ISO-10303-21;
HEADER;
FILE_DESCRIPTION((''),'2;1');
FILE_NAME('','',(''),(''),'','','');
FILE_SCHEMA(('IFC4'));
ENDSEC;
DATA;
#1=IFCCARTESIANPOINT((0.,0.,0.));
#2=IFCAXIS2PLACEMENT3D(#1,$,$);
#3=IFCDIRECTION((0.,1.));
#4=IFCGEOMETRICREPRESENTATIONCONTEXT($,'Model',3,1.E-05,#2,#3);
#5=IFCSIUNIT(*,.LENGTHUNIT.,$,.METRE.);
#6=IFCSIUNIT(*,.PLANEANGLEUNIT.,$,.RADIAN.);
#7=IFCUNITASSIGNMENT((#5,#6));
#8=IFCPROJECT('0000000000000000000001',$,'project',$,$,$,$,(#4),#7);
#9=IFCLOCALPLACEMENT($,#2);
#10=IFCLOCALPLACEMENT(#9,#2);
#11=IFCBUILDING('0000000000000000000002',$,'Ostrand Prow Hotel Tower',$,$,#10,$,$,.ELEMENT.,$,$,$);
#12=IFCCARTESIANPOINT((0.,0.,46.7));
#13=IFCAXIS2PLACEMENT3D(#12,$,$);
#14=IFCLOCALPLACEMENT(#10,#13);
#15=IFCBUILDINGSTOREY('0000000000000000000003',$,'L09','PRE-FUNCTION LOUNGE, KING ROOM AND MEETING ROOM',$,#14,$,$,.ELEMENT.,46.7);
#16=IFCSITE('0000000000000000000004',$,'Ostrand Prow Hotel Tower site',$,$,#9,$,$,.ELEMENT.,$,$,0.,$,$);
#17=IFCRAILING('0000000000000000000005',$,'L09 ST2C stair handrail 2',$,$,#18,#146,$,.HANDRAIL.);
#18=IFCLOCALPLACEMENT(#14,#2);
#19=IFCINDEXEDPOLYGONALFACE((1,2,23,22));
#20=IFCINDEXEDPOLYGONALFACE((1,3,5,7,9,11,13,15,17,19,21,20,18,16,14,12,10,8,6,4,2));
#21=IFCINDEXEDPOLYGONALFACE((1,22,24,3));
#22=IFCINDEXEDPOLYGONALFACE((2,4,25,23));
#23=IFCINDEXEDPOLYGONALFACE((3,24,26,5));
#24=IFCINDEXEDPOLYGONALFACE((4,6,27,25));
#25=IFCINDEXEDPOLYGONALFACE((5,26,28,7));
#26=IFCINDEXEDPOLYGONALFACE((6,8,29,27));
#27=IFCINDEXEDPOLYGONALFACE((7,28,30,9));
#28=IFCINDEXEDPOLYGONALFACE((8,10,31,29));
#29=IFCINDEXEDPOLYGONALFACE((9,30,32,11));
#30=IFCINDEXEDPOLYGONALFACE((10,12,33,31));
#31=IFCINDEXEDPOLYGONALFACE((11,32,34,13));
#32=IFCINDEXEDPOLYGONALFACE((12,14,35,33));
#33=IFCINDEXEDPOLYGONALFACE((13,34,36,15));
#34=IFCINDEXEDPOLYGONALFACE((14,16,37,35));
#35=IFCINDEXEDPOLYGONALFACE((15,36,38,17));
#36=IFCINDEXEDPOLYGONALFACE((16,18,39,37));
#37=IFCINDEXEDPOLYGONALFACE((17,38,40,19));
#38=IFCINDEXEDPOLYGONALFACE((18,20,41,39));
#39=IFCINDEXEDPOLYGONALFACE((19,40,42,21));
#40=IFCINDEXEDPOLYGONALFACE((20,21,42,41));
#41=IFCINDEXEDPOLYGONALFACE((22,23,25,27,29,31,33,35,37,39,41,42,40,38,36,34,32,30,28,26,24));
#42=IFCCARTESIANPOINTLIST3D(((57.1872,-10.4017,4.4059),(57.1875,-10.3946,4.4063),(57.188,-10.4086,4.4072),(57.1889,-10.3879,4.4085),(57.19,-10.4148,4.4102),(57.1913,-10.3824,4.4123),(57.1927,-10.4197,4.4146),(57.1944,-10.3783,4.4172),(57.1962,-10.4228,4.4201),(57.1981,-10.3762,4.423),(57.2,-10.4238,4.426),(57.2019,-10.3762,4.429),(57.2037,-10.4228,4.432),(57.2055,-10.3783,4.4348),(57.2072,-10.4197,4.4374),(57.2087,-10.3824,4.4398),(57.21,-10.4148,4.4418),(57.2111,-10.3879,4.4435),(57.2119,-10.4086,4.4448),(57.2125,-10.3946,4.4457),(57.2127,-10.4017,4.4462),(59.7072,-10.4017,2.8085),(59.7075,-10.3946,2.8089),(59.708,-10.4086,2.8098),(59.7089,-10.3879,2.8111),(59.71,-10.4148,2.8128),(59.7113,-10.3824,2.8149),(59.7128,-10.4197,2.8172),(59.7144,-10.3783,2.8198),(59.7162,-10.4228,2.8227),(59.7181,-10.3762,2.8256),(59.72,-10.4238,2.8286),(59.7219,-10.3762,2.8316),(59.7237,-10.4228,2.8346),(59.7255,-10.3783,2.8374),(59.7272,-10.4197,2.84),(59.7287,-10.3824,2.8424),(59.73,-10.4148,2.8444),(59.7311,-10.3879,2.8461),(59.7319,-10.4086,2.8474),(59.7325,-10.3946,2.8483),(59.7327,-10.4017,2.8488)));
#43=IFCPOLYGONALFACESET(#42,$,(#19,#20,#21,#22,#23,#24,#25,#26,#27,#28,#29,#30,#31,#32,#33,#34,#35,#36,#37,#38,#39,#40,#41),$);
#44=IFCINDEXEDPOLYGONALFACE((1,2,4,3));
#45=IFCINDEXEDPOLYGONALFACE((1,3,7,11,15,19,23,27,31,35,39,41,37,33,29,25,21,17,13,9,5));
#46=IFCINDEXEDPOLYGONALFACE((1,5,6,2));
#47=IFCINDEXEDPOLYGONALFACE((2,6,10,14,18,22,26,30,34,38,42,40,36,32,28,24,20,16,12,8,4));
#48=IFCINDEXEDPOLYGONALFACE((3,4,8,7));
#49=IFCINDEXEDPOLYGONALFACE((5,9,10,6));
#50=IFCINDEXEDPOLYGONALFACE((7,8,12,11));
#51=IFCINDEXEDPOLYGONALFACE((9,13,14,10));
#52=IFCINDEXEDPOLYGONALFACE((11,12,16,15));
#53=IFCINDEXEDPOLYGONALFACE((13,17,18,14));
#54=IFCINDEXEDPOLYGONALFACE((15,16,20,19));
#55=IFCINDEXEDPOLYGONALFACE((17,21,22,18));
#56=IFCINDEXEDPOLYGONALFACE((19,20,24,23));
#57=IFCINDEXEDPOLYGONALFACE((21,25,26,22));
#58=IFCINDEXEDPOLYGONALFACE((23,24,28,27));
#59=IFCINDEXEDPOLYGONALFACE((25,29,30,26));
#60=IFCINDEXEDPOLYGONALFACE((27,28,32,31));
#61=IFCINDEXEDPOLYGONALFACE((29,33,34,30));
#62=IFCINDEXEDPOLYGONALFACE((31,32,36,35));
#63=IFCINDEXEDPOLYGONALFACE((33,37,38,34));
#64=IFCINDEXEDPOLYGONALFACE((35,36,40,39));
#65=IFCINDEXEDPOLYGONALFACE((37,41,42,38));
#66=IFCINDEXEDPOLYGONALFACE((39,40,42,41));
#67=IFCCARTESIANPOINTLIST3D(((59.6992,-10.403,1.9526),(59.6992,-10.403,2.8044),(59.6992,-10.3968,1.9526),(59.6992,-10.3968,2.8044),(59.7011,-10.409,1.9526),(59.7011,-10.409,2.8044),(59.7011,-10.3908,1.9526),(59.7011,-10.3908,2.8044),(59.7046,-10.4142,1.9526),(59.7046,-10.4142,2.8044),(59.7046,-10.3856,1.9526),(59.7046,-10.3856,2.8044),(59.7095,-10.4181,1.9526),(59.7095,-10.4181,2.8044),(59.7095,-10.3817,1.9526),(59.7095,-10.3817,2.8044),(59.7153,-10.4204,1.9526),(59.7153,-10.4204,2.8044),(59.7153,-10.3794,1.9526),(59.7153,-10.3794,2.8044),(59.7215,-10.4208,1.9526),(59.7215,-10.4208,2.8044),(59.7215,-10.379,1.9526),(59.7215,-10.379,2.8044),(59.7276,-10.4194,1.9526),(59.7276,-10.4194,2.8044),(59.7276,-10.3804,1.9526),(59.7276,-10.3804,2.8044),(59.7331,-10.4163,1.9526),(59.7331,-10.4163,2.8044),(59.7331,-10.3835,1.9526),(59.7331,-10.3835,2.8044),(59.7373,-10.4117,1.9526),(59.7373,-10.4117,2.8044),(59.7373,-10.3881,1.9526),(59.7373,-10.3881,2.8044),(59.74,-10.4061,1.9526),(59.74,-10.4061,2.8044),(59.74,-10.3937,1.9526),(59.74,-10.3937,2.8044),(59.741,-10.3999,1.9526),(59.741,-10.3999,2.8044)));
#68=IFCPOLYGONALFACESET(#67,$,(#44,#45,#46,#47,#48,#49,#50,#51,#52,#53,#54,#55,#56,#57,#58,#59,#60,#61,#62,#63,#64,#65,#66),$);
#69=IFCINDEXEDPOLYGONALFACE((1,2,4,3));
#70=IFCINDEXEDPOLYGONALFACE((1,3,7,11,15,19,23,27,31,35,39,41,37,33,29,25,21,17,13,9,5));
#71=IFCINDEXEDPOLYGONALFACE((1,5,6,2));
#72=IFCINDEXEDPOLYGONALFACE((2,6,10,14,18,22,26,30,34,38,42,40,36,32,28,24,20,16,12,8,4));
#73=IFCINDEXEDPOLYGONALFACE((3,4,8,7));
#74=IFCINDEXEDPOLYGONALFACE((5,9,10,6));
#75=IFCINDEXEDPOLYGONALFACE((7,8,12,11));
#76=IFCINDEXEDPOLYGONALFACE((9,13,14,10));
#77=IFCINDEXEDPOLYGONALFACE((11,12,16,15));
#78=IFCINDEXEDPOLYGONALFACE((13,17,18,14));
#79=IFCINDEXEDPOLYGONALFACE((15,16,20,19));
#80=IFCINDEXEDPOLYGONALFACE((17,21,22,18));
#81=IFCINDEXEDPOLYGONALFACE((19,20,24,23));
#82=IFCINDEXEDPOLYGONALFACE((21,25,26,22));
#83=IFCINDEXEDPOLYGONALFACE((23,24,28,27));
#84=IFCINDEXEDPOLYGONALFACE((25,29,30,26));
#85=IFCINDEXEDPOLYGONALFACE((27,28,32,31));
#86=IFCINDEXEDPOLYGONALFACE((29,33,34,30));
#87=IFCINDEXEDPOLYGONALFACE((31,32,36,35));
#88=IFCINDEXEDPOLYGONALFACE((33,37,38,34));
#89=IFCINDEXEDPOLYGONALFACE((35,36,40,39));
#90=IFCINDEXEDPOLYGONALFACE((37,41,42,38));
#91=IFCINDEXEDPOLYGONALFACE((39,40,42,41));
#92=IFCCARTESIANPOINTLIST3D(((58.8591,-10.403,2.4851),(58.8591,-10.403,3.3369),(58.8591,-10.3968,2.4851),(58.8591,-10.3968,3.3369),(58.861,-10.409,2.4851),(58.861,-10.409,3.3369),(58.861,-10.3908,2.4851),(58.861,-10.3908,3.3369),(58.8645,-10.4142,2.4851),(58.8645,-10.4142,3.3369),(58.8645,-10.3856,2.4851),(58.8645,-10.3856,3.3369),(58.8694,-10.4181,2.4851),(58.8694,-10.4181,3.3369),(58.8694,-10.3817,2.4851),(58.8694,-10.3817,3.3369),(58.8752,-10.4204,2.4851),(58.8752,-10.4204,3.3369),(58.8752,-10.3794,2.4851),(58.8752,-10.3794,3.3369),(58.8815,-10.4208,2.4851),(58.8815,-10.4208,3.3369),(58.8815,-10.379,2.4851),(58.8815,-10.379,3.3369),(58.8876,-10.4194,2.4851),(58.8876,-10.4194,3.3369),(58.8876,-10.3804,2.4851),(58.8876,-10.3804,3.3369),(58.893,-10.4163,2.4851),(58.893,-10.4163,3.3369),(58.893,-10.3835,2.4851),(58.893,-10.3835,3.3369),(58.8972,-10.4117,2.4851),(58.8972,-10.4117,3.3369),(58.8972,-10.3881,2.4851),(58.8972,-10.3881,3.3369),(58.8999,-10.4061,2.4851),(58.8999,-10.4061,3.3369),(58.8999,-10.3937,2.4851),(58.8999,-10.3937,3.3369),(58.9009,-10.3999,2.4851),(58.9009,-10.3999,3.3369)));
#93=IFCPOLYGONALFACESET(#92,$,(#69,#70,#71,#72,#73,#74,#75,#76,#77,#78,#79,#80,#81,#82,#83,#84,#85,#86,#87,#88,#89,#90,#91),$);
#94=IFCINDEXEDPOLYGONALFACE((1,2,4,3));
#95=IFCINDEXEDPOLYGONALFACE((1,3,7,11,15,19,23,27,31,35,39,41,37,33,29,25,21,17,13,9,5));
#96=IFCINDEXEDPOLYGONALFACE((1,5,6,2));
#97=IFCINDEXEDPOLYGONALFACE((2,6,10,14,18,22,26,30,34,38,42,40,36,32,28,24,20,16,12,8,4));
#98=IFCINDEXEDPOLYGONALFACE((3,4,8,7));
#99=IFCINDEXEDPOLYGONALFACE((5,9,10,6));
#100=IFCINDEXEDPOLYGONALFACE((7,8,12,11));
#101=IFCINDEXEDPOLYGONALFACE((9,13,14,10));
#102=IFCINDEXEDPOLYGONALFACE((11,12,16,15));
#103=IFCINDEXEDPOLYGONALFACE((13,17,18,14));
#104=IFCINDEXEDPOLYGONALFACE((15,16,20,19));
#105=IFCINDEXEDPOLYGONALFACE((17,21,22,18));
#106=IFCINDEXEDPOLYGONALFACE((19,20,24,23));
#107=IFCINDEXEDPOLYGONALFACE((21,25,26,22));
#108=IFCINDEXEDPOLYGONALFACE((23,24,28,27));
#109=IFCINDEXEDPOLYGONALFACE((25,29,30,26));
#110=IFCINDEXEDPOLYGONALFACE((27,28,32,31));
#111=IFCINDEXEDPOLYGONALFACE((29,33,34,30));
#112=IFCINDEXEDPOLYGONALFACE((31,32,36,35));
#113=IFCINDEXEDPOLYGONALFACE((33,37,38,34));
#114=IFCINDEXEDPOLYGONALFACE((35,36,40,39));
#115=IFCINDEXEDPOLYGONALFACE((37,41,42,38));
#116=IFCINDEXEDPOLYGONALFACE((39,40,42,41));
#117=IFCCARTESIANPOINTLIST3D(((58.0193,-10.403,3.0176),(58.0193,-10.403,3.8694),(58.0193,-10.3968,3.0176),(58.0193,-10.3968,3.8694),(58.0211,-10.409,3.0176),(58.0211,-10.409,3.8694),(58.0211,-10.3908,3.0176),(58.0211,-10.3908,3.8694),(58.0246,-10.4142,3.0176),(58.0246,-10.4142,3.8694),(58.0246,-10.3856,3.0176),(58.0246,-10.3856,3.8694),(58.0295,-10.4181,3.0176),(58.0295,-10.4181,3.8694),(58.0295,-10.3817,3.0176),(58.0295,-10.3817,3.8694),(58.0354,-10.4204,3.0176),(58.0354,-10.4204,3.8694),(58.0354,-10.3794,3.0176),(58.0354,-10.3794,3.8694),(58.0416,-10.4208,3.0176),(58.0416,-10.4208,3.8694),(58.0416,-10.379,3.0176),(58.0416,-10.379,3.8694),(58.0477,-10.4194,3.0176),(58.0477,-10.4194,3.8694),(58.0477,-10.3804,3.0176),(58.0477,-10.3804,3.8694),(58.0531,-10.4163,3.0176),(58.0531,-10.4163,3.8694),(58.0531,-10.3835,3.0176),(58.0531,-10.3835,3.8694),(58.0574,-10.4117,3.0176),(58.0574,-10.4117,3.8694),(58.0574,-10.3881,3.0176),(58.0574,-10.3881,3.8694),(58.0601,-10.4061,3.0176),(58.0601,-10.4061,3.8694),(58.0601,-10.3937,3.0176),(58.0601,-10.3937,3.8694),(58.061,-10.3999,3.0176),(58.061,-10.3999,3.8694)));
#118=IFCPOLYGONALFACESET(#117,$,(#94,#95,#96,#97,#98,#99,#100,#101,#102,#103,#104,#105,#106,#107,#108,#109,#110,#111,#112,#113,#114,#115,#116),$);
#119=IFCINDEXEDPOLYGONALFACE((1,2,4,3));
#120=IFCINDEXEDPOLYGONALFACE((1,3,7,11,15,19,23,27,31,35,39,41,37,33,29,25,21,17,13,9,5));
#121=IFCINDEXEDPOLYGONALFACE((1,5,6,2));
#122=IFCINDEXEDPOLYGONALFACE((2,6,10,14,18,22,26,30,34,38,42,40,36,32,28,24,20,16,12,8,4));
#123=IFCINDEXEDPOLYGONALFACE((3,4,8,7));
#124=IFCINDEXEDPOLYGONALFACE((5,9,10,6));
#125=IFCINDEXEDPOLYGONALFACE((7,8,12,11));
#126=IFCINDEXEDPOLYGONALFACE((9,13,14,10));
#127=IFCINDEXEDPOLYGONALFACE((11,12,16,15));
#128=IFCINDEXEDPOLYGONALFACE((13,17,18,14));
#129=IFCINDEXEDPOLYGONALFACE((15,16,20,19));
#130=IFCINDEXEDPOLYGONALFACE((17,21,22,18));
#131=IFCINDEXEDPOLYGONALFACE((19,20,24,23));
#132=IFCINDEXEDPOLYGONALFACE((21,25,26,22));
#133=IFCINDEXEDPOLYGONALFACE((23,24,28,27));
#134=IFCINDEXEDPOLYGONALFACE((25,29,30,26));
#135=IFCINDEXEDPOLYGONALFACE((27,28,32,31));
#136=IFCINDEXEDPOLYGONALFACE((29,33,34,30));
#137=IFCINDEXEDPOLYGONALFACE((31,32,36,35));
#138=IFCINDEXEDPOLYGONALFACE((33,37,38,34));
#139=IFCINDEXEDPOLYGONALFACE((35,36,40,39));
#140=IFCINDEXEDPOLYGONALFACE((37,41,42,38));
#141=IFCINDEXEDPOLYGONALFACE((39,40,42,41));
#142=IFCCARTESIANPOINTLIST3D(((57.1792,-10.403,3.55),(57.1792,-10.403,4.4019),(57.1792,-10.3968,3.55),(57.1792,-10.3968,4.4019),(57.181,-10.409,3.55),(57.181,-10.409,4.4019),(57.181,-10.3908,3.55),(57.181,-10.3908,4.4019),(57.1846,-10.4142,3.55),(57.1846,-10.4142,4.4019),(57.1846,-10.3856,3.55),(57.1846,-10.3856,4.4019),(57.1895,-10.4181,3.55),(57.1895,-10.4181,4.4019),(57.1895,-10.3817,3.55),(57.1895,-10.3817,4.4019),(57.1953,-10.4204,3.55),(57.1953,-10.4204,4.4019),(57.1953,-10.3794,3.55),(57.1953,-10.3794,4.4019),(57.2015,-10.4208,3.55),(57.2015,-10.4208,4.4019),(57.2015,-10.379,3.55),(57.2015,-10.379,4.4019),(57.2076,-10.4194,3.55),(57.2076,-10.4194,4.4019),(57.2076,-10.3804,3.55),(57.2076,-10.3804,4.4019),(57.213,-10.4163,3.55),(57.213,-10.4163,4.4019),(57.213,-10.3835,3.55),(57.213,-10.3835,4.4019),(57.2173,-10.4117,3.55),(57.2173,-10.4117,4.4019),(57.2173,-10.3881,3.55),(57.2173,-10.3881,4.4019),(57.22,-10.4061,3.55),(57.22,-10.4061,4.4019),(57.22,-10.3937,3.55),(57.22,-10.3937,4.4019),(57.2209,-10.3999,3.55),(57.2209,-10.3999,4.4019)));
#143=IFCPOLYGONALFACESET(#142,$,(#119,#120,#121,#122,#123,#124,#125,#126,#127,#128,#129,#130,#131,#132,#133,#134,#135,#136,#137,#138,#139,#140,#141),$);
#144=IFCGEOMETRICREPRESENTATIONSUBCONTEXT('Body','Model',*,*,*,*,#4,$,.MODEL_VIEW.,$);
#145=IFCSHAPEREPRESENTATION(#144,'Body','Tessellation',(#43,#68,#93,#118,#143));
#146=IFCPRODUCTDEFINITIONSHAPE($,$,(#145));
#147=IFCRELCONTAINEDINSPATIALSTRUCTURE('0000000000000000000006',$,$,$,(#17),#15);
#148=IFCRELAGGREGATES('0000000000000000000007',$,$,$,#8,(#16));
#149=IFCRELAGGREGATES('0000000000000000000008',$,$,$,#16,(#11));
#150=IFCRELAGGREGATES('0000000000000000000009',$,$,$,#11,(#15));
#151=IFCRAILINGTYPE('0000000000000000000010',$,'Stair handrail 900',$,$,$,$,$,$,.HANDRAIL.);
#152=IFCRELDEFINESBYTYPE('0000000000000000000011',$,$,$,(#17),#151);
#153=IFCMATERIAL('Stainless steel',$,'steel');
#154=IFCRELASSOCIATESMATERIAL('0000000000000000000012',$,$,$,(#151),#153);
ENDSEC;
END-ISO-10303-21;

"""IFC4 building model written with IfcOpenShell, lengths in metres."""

from ifc_helpers import new_model, si_unit, direction, frame, origin, origin_2d, place, context, subcontext, project, spatial, circle, extrude, material, type_object, element, save


model = new_model("IFC4")

# Units and contexts
model_context = context("Model", 3, precision=1e-05, world=origin(), true_north=direction((0.0, 1.0)))
body_context = subcontext(model_context, "Body", "Model", "MODEL_VIEW")
ifc_project = project(units=[si_unit("LENGTHUNIT", "METRE"), si_unit("PLANEANGLEUNIT", "RADIAN")], contexts=[model_context])

# Site, building, storey
site_placement = place(None, origin())
site = spatial("IfcSite", under=ifc_project, at=site_placement, Name="Ostrand Prow Hotel Tower site", CompositionType="ELEMENT", RefElevation=0.0)
building_placement = place(site_placement, origin())
building = spatial("IfcBuilding", under=site, at=building_placement, Name="Ostrand Prow Hotel Tower", CompositionType="ELEMENT")
storey_placement = place(building_placement, frame((0.0, 0.0, 46.7)))
storey = spatial("IfcBuildingStorey", under=building, at=storey_placement, Name="L09", Description="PRE-FUNCTION LOUNGE, KING ROOM AND MEETING ROOM", CompositionType="ELEMENT", Elevation=46.7)

# Railing
ifc_material_1 = material(Name="Stainless steel", Category="steel")
railing_type_1 = type_object("IfcRailingType", Name="Stair handrail 900", PredefinedType="HANDRAIL", material=ifc_material_1)
railing_1_placement = place(storey_placement, frame((59.72, -10.3999, 1.9526)))
element("IfcRailing", 1, at=railing_1_placement, inside=storey, type_object=railing_type_1, Name="L09 ST2C stair handrail 2", PredefinedType="HANDRAIL", context=body_context, shape_type="SweptSolid", body=[
    extrude(circle(Radius=0.0239, at=origin_2d()), frame((0.0, 0.0, 0.876), z_axis=(-0.844607, 0.0, 0.535387), x_axis=(0.0, -1.0, 0.0)), (0.0, 0.0, 1.0), 2.9836),
    extrude(circle(Radius=0.021, at=origin_2d()), origin(), (0.0, 0.0, 1.0), 0.8518),
    extrude(circle(Radius=0.021, at=origin_2d()), frame((-0.8401, 0.0, 0.5325)), (0.0, 0.0, 1.0), 0.8518),
    extrude(circle(Radius=0.021, at=origin_2d()), frame((-1.6799, 0.0, 1.0649)), (0.0, 0.0, 1.0), 0.8518),
    extrude(circle(Radius=0.021, at=origin_2d()), frame((-2.52, 0.0, 1.5974)), (0.0, 0.0, 1.0), 0.8518),
])

save(model, "model.ifc")
